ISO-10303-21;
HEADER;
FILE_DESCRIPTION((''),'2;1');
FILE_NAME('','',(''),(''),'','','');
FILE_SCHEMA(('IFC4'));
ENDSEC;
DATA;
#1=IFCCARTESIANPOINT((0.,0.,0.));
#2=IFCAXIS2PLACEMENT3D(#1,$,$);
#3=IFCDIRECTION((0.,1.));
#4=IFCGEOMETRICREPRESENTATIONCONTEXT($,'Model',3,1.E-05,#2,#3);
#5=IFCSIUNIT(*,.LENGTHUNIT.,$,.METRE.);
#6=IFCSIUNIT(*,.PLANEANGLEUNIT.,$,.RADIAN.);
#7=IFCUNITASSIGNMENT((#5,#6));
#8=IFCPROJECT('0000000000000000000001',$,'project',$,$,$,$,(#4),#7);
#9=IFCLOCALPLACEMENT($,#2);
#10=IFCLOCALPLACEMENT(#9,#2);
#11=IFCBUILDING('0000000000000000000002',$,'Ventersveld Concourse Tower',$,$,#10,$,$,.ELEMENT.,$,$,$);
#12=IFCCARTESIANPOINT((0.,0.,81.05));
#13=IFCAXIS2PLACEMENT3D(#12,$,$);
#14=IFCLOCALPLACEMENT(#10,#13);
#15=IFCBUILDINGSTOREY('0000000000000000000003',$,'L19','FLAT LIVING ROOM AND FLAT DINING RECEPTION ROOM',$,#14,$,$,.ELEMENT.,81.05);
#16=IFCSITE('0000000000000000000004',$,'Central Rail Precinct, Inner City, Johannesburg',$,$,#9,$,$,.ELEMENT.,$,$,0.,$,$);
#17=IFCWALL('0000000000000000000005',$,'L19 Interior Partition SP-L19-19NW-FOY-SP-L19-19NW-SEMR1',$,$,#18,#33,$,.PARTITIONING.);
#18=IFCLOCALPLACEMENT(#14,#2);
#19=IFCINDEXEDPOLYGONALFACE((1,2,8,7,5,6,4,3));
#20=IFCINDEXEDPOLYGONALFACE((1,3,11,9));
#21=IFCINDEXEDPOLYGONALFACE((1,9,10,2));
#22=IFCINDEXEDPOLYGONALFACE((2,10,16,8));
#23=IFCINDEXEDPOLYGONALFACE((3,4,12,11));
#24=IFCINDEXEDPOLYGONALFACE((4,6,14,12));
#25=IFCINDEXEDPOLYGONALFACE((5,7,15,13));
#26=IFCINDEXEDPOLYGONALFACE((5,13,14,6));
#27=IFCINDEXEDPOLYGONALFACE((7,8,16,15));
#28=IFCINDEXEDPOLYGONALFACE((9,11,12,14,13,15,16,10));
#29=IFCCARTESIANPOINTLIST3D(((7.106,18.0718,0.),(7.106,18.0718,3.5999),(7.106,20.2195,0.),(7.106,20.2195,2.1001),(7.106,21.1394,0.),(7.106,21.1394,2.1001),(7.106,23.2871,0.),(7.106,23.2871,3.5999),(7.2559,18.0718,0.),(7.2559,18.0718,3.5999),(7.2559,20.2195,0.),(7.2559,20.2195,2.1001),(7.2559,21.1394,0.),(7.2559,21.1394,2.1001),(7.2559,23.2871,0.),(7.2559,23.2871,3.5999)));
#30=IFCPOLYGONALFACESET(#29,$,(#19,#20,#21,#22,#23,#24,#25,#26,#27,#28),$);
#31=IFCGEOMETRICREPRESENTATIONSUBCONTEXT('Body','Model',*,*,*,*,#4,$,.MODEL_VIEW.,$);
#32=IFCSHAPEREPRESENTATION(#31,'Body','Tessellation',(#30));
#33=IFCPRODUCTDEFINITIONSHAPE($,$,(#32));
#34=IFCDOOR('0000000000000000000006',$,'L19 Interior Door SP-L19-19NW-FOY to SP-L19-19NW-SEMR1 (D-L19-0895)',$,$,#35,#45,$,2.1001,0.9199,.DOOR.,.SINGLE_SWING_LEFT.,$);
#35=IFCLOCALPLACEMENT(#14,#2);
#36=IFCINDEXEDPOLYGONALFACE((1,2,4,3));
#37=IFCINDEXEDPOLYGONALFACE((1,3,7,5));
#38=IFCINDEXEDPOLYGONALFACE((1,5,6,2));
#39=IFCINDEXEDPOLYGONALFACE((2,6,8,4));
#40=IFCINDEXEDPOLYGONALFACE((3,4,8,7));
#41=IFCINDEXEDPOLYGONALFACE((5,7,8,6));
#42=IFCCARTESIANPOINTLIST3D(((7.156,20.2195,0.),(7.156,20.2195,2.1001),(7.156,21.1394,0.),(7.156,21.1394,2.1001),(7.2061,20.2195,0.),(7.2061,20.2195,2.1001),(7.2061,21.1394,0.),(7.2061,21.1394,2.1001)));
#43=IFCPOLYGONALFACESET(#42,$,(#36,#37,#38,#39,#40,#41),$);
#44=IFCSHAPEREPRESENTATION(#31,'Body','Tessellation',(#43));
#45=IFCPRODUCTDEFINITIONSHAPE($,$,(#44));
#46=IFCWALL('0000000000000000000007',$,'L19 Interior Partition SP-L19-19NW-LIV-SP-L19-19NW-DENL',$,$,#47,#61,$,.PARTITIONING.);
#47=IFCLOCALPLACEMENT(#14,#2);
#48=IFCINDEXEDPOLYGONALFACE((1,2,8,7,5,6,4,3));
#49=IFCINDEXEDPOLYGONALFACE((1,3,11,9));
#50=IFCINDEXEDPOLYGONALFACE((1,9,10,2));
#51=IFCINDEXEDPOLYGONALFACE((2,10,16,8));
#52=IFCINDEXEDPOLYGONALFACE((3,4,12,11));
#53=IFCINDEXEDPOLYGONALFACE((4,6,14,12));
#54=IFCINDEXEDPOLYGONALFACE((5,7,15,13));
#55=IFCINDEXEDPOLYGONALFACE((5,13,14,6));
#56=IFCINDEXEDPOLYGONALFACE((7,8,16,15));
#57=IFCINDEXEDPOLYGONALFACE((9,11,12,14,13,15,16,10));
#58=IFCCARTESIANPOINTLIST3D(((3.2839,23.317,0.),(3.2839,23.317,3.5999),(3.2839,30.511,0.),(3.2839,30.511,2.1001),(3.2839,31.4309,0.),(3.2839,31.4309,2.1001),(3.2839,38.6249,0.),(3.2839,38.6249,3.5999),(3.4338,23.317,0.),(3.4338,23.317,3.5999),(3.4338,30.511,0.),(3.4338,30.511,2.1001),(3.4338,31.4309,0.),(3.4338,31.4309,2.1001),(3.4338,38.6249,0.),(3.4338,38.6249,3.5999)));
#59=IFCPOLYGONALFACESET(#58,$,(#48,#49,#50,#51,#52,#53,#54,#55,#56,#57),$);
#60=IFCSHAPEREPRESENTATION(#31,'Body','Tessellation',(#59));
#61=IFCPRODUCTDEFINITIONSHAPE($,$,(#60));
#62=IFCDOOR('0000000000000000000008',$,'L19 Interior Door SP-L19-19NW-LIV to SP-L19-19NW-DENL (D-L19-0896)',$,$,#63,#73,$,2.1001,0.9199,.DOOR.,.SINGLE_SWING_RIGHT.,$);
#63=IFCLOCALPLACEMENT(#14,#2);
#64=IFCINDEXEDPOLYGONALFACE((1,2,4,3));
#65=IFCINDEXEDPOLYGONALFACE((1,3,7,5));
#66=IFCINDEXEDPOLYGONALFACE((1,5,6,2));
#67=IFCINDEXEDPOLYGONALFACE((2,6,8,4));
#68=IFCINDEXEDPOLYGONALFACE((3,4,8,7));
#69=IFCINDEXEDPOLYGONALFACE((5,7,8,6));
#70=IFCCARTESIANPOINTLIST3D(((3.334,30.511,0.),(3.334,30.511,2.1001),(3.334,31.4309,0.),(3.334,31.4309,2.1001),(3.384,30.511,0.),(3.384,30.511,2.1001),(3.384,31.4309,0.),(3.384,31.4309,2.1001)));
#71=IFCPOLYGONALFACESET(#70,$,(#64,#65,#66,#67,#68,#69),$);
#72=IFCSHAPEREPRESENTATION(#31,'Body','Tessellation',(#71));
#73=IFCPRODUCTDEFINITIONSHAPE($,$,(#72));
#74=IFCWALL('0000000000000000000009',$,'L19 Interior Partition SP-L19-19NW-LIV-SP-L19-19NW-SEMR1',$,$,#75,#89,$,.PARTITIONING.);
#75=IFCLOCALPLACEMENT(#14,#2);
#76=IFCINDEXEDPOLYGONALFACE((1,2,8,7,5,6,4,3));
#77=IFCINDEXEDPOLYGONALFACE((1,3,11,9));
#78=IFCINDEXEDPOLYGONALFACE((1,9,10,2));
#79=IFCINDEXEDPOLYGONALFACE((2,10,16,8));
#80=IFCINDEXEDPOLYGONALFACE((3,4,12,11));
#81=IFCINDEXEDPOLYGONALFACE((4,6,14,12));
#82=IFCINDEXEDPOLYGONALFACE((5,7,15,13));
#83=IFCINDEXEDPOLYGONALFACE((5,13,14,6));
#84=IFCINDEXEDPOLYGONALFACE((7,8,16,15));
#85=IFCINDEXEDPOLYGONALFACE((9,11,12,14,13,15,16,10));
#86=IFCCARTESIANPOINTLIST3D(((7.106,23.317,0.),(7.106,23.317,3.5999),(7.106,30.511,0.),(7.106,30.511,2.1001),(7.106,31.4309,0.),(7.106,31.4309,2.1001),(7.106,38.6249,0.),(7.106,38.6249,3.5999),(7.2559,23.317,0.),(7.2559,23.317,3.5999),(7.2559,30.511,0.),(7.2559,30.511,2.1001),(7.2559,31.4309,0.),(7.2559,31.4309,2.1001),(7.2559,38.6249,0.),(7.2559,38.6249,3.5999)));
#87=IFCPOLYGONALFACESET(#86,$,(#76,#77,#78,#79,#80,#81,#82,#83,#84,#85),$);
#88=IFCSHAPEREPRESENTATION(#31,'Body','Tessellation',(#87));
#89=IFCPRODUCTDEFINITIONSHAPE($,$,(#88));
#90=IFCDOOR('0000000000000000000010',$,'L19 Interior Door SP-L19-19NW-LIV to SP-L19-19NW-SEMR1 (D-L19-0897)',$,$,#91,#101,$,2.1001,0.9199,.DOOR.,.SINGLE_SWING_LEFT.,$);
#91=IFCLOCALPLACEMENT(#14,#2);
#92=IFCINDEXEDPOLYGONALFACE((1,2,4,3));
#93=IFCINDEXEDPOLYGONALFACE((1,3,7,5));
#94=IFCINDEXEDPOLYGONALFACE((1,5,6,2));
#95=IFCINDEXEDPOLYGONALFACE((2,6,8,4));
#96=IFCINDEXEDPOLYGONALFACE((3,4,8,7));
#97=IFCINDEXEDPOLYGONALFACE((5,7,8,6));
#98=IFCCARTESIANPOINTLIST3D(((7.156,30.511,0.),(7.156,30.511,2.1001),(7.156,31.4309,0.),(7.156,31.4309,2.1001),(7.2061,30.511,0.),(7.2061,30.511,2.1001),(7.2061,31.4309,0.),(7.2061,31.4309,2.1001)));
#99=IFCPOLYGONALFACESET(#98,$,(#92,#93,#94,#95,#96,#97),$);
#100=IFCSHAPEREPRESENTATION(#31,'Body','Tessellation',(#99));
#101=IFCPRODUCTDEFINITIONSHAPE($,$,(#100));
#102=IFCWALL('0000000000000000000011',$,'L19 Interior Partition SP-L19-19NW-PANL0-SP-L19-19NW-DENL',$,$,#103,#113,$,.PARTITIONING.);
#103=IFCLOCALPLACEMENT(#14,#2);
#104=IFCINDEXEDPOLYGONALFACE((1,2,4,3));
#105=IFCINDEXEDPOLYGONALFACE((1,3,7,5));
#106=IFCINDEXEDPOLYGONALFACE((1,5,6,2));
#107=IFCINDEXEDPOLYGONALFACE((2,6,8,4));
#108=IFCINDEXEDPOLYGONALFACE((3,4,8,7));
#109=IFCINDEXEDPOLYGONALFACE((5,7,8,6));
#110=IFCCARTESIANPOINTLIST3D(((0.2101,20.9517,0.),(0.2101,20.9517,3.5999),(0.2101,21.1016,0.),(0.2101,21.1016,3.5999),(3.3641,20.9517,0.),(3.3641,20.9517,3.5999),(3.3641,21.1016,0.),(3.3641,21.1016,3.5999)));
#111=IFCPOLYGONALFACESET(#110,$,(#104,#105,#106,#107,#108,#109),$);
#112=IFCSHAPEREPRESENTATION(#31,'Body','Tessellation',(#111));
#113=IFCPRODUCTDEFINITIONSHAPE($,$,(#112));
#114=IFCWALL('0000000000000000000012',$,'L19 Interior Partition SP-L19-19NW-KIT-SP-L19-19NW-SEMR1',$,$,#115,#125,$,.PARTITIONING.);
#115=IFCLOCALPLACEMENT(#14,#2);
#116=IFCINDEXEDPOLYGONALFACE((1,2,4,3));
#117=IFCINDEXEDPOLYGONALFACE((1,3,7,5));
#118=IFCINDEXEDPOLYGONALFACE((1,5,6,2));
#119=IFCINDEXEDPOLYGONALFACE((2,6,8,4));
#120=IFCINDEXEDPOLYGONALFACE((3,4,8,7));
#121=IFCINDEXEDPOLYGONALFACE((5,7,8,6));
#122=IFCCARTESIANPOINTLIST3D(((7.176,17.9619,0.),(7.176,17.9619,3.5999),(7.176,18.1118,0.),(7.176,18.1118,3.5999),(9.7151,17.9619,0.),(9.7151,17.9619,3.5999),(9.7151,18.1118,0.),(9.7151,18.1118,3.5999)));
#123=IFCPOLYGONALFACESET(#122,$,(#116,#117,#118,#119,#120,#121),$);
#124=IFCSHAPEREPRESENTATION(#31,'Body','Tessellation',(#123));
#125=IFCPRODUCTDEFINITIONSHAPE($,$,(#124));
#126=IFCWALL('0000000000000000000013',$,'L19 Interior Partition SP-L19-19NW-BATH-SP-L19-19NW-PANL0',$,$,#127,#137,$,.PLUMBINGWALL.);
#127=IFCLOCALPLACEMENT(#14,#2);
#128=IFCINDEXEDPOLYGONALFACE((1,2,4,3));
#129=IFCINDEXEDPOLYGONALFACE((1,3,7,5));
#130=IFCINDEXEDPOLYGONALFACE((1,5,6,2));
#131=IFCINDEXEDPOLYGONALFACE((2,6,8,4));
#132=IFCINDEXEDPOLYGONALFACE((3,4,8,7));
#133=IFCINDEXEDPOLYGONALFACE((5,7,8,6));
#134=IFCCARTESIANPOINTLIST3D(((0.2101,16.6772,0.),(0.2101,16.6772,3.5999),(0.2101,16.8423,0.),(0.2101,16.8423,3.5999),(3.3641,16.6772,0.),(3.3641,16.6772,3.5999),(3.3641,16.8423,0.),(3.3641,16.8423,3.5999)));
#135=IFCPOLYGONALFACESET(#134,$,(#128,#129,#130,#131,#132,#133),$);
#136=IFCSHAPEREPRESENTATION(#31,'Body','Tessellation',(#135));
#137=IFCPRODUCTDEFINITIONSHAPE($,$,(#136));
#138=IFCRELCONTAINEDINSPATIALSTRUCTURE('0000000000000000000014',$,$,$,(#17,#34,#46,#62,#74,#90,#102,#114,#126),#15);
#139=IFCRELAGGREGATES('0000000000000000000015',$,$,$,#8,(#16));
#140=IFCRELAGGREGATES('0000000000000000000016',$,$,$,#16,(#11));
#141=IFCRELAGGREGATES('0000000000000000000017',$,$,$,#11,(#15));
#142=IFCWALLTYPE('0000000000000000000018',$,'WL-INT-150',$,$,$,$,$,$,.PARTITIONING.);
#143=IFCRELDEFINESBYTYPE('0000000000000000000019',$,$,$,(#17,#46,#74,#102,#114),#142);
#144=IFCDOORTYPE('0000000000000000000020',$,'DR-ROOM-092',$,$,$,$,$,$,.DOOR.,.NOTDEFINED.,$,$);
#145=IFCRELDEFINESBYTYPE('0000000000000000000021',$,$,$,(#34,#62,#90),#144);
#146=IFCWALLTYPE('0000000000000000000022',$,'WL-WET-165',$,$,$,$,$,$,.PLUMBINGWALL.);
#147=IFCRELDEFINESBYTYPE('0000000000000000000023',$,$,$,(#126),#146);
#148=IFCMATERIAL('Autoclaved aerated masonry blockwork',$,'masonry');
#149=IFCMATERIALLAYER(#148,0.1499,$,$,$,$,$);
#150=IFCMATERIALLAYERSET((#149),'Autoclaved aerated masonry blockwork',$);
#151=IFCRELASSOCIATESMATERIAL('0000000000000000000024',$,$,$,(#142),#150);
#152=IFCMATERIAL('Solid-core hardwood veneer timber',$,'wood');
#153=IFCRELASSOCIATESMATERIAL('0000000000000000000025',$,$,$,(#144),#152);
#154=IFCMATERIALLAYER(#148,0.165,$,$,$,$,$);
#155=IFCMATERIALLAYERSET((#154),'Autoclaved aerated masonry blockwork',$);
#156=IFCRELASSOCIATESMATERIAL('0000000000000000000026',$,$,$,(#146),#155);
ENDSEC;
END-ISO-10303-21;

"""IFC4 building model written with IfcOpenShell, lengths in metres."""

from ifc_helpers import new_model, si_unit, direction, frame, frame_2d, origin, place, context, subcontext, project, spatial, rectangle, extrude, material, layer, layer_set, type_object, element, fill, save


model = new_model("IFC4")

# Units and contexts
model_context = context("Model", 3, precision=1e-05, world=origin(), true_north=direction((0.0, 1.0)))
body_context = subcontext(model_context, "Body", "Model", "MODEL_VIEW")
ifc_project = project(units=[si_unit("LENGTHUNIT", "METRE"), si_unit("PLANEANGLEUNIT", "RADIAN")], contexts=[model_context])

# Site, building, storey
site_placement = place(None, origin())
site = spatial("IfcSite", under=ifc_project, at=site_placement, Name="Central Rail Precinct, Inner City, Johannesburg", CompositionType="ELEMENT", RefElevation=0.0)
building_placement = place(site_placement, origin())
building = spatial("IfcBuilding", under=site, at=building_placement, Name="Ventersveld Concourse Tower", CompositionType="ELEMENT")
storey_placement = place(building_placement, frame((0.0, 0.0, 81.05)))
storey = spatial("IfcBuildingStorey", under=building, at=storey_placement, Name="L19", Description="FLAT LIVING ROOM AND FLAT DINING RECEPTION ROOM", CompositionType="ELEMENT", Elevation=81.05)

# Walls, openings, doors
ifc_material_1 = material(Name="Autoclaved aerated masonry blockwork", Category="masonry")
ifc_layer_1 = layer(ifc_material_1, 0.1499)
ifc_layer_set_1 = layer_set([ifc_layer_1], Name="Autoclaved aerated masonry blockwork")
wall_type_1 = type_object("IfcWallType", Name="WL-INT-150", PredefinedType="PARTITIONING", material=ifc_layer_set_1)
ifc_material_2 = material(Name="Solid-core hardwood veneer timber", Category="wood")
door_type = type_object("IfcDoorType", Name="DR-ROOM-092", OperationType="NOTDEFINED", PredefinedType="DOOR", material=ifc_material_2)
wall_1_placement = place(storey_placement, frame((7.1809, 18.0718, 0.0), z_axis=(0.0, 0.0, 1.0), x_axis=(0.0, 1.0, 0.0)))
wall_1 = element("IfcWall", 1, at=wall_1_placement, inside=storey, type_object=wall_type_1, Name="L19 Interior Partition SP-L19-19NW-FOY-SP-L19-19NW-SEMR1", PredefinedType="PARTITIONING", context=body_context, shape_type="SweptSolid", body=[
    extrude(rectangle(XDim=5.2153, YDim=0.1499, at=frame_2d((2.6077, 0.0))), origin(), (0.0, 0.0, 1.0), 3.5999),
])
opening_1_placement = place(wall_1_placement, frame((2.1477, 0.0, 0.0)))
opening_1 = element("IfcOpeningElement", 2, at=opening_1_placement, cuts=wall_1, PredefinedType="OPENING", context=body_context, shape_type="SweptSolid", body=[
    extrude(rectangle(XDim=0.9199, YDim=2.1001, at=frame_2d((0.46, 1.05))), frame((0.0, 0.085, 0.0), z_axis=(0.0, -1.0, 0.0), x_axis=(1.0, 0.0, 0.0)), (0.0, 0.0, 1.0), 0.1699),
])
door_1_placement = place(opening_1_placement, origin())
door_1 = element("IfcDoor", 3, at=door_1_placement, inside=storey, type_object=door_type, Name="L19 Interior Door SP-L19-19NW-FOY to SP-L19-19NW-SEMR1 (D-L19-0895)", OperationType="SINGLE_SWING_LEFT", OverallHeight=2.1001, OverallWidth=0.9199, PredefinedType="DOOR", context=body_context, shape_type="SweptSolid", body=[
    extrude(rectangle(XDim=0.9199, YDim=2.1001, at=frame_2d((0.46, 1.05))), frame((0.0, 0.0249, 0.0), z_axis=(0.0, -1.0, 0.0), x_axis=(1.0, 0.0, 0.0)), (0.0, 0.0, 1.0), 0.05),
])
fill(opening_1, door_1)
wall_2_placement = place(storey_placement, frame((3.3589, 23.3171, 0.0), z_axis=(0.0, 0.0, 1.0), x_axis=(0.0, 1.0, 0.0)))
wall_2 = element("IfcWall", 4, at=wall_2_placement, inside=storey, type_object=wall_type_1, Name="L19 Interior Partition SP-L19-19NW-LIV-SP-L19-19NW-DENL", PredefinedType="PARTITIONING", context=body_context, shape_type="SweptSolid", body=[
    extrude(rectangle(XDim=15.3079, YDim=0.1499, at=frame_2d((7.6538, 0.0))), origin(), (0.0, 0.0, 1.0), 3.5999),
])
opening_2_placement = place(wall_2_placement, frame((7.1938, 0.0, 0.0)))
opening_2 = element("IfcOpeningElement", 5, at=opening_2_placement, cuts=wall_2, PredefinedType="OPENING", context=body_context, shape_type="SweptSolid", body=[
    extrude(rectangle(XDim=0.9199, YDim=2.1001, at=frame_2d((0.46, 1.05))), frame((0.0, 0.085, 0.0), z_axis=(0.0, -1.0, 0.0), x_axis=(1.0, 0.0, 0.0)), (0.0, 0.0, 1.0), 0.1699),
])
door_2_placement = place(opening_2_placement, origin())
door_2 = element("IfcDoor", 6, at=door_2_placement, inside=storey, type_object=door_type, Name="L19 Interior Door SP-L19-19NW-LIV to SP-L19-19NW-DENL (D-L19-0896)", OperationType="SINGLE_SWING_RIGHT", OverallHeight=2.1001, OverallWidth=0.9199, PredefinedType="DOOR", context=body_context, shape_type="SweptSolid", body=[
    extrude(rectangle(XDim=0.9199, YDim=2.1001, at=frame_2d((0.46, 1.05))), frame((0.0, 0.0249, 0.0), z_axis=(0.0, -1.0, 0.0), x_axis=(1.0, 0.0, 0.0)), (0.0, 0.0, 1.0), 0.05),
])
fill(opening_2, door_2)
wall_3_placement = place(storey_placement, frame((7.1809, 23.3171, 0.0), z_axis=(0.0, 0.0, 1.0), x_axis=(0.0, 1.0, 0.0)))
wall_3 = element("IfcWall", 7, at=wall_3_placement, inside=storey, type_object=wall_type_1, Name="L19 Interior Partition SP-L19-19NW-LIV-SP-L19-19NW-SEMR1", PredefinedType="PARTITIONING", context=body_context, shape_type="SweptSolid", body=[
    extrude(rectangle(XDim=15.3079, YDim=0.1499, at=frame_2d((7.6538, 0.0))), origin(), (0.0, 0.0, 1.0), 3.5999),
])
opening_3_placement = place(wall_3_placement, frame((7.1938, 0.0, 0.0)))
opening_3 = element("IfcOpeningElement", 8, at=opening_3_placement, cuts=wall_3, PredefinedType="OPENING", context=body_context, shape_type="SweptSolid", body=[
    extrude(rectangle(XDim=0.9199, YDim=2.1001, at=frame_2d((0.46, 1.05))), frame((0.0, 0.085, 0.0), z_axis=(0.0, -1.0, 0.0), x_axis=(1.0, 0.0, 0.0)), (0.0, 0.0, 1.0), 0.1699),
])
door_3_placement = place(opening_3_placement, origin())
door_3 = element("IfcDoor", 9, at=door_3_placement, inside=storey, type_object=door_type, Name="L19 Interior Door SP-L19-19NW-LIV to SP-L19-19NW-SEMR1 (D-L19-0897)", OperationType="SINGLE_SWING_LEFT", OverallHeight=2.1001, OverallWidth=0.9199, PredefinedType="DOOR", context=body_context, shape_type="SweptSolid", body=[
    extrude(rectangle(XDim=0.9199, YDim=2.1001, at=frame_2d((0.46, 1.05))), frame((0.0, 0.0249, 0.0), z_axis=(0.0, -1.0, 0.0), x_axis=(1.0, 0.0, 0.0)), (0.0, 0.0, 1.0), 0.05),
])
fill(opening_3, door_3)

# Walls
wall_4_placement = place(storey_placement, frame((0.21, 21.0266, 0.0), z_axis=(0.0, 0.0, 1.0), x_axis=(1.0, 0.0, 0.0)))
element("IfcWall", 10, at=wall_4_placement, inside=storey, type_object=wall_type_1, Name="L19 Interior Partition SP-L19-19NW-PANL0-SP-L19-19NW-DENL", PredefinedType="PARTITIONING", context=body_context, shape_type="SweptSolid", body=[
    extrude(rectangle(XDim=3.1541, YDim=0.1499, at=frame_2d((1.5771, 0.0))), origin(), (0.0, 0.0, 1.0), 3.5999),
])
wall_5_placement = place(storey_placement, frame((7.176, 18.0369, 0.0), z_axis=(0.0, 0.0, 1.0), x_axis=(1.0, 0.0, 0.0)))
element("IfcWall", 11, at=wall_5_placement, inside=storey, type_object=wall_type_1, Name="L19 Interior Partition SP-L19-19NW-KIT-SP-L19-19NW-SEMR1", PredefinedType="PARTITIONING", context=body_context, shape_type="SweptSolid", body=[
    extrude(rectangle(XDim=2.5391, YDim=0.1499, at=frame_2d((1.2695, 0.0))), origin(), (0.0, 0.0, 1.0), 3.5999),
])
ifc_layer_2 = layer(ifc_material_1, 0.165)
ifc_layer_set_2 = layer_set([ifc_layer_2], Name="Autoclaved aerated masonry blockwork")
wall_type_2 = type_object("IfcWallType", Name="WL-WET-165", PredefinedType="PLUMBINGWALL", material=ifc_layer_set_2)
wall_6_placement = place(storey_placement, frame((0.21, 16.7598, 0.0), z_axis=(0.0, 0.0, 1.0), x_axis=(1.0, 0.0, 0.0)))
element("IfcWall", 12, at=wall_6_placement, inside=storey, type_object=wall_type_2, Name="L19 Interior Partition SP-L19-19NW-BATH-SP-L19-19NW-PANL0", PredefinedType="PLUMBINGWALL", context=body_context, shape_type="SweptSolid", body=[
    extrude(rectangle(XDim=3.1541, YDim=0.165, at=frame_2d((1.5771, 0.0))), origin(), (0.0, 0.0, 1.0), 3.5999),
])

save(model, "model.ifc")
